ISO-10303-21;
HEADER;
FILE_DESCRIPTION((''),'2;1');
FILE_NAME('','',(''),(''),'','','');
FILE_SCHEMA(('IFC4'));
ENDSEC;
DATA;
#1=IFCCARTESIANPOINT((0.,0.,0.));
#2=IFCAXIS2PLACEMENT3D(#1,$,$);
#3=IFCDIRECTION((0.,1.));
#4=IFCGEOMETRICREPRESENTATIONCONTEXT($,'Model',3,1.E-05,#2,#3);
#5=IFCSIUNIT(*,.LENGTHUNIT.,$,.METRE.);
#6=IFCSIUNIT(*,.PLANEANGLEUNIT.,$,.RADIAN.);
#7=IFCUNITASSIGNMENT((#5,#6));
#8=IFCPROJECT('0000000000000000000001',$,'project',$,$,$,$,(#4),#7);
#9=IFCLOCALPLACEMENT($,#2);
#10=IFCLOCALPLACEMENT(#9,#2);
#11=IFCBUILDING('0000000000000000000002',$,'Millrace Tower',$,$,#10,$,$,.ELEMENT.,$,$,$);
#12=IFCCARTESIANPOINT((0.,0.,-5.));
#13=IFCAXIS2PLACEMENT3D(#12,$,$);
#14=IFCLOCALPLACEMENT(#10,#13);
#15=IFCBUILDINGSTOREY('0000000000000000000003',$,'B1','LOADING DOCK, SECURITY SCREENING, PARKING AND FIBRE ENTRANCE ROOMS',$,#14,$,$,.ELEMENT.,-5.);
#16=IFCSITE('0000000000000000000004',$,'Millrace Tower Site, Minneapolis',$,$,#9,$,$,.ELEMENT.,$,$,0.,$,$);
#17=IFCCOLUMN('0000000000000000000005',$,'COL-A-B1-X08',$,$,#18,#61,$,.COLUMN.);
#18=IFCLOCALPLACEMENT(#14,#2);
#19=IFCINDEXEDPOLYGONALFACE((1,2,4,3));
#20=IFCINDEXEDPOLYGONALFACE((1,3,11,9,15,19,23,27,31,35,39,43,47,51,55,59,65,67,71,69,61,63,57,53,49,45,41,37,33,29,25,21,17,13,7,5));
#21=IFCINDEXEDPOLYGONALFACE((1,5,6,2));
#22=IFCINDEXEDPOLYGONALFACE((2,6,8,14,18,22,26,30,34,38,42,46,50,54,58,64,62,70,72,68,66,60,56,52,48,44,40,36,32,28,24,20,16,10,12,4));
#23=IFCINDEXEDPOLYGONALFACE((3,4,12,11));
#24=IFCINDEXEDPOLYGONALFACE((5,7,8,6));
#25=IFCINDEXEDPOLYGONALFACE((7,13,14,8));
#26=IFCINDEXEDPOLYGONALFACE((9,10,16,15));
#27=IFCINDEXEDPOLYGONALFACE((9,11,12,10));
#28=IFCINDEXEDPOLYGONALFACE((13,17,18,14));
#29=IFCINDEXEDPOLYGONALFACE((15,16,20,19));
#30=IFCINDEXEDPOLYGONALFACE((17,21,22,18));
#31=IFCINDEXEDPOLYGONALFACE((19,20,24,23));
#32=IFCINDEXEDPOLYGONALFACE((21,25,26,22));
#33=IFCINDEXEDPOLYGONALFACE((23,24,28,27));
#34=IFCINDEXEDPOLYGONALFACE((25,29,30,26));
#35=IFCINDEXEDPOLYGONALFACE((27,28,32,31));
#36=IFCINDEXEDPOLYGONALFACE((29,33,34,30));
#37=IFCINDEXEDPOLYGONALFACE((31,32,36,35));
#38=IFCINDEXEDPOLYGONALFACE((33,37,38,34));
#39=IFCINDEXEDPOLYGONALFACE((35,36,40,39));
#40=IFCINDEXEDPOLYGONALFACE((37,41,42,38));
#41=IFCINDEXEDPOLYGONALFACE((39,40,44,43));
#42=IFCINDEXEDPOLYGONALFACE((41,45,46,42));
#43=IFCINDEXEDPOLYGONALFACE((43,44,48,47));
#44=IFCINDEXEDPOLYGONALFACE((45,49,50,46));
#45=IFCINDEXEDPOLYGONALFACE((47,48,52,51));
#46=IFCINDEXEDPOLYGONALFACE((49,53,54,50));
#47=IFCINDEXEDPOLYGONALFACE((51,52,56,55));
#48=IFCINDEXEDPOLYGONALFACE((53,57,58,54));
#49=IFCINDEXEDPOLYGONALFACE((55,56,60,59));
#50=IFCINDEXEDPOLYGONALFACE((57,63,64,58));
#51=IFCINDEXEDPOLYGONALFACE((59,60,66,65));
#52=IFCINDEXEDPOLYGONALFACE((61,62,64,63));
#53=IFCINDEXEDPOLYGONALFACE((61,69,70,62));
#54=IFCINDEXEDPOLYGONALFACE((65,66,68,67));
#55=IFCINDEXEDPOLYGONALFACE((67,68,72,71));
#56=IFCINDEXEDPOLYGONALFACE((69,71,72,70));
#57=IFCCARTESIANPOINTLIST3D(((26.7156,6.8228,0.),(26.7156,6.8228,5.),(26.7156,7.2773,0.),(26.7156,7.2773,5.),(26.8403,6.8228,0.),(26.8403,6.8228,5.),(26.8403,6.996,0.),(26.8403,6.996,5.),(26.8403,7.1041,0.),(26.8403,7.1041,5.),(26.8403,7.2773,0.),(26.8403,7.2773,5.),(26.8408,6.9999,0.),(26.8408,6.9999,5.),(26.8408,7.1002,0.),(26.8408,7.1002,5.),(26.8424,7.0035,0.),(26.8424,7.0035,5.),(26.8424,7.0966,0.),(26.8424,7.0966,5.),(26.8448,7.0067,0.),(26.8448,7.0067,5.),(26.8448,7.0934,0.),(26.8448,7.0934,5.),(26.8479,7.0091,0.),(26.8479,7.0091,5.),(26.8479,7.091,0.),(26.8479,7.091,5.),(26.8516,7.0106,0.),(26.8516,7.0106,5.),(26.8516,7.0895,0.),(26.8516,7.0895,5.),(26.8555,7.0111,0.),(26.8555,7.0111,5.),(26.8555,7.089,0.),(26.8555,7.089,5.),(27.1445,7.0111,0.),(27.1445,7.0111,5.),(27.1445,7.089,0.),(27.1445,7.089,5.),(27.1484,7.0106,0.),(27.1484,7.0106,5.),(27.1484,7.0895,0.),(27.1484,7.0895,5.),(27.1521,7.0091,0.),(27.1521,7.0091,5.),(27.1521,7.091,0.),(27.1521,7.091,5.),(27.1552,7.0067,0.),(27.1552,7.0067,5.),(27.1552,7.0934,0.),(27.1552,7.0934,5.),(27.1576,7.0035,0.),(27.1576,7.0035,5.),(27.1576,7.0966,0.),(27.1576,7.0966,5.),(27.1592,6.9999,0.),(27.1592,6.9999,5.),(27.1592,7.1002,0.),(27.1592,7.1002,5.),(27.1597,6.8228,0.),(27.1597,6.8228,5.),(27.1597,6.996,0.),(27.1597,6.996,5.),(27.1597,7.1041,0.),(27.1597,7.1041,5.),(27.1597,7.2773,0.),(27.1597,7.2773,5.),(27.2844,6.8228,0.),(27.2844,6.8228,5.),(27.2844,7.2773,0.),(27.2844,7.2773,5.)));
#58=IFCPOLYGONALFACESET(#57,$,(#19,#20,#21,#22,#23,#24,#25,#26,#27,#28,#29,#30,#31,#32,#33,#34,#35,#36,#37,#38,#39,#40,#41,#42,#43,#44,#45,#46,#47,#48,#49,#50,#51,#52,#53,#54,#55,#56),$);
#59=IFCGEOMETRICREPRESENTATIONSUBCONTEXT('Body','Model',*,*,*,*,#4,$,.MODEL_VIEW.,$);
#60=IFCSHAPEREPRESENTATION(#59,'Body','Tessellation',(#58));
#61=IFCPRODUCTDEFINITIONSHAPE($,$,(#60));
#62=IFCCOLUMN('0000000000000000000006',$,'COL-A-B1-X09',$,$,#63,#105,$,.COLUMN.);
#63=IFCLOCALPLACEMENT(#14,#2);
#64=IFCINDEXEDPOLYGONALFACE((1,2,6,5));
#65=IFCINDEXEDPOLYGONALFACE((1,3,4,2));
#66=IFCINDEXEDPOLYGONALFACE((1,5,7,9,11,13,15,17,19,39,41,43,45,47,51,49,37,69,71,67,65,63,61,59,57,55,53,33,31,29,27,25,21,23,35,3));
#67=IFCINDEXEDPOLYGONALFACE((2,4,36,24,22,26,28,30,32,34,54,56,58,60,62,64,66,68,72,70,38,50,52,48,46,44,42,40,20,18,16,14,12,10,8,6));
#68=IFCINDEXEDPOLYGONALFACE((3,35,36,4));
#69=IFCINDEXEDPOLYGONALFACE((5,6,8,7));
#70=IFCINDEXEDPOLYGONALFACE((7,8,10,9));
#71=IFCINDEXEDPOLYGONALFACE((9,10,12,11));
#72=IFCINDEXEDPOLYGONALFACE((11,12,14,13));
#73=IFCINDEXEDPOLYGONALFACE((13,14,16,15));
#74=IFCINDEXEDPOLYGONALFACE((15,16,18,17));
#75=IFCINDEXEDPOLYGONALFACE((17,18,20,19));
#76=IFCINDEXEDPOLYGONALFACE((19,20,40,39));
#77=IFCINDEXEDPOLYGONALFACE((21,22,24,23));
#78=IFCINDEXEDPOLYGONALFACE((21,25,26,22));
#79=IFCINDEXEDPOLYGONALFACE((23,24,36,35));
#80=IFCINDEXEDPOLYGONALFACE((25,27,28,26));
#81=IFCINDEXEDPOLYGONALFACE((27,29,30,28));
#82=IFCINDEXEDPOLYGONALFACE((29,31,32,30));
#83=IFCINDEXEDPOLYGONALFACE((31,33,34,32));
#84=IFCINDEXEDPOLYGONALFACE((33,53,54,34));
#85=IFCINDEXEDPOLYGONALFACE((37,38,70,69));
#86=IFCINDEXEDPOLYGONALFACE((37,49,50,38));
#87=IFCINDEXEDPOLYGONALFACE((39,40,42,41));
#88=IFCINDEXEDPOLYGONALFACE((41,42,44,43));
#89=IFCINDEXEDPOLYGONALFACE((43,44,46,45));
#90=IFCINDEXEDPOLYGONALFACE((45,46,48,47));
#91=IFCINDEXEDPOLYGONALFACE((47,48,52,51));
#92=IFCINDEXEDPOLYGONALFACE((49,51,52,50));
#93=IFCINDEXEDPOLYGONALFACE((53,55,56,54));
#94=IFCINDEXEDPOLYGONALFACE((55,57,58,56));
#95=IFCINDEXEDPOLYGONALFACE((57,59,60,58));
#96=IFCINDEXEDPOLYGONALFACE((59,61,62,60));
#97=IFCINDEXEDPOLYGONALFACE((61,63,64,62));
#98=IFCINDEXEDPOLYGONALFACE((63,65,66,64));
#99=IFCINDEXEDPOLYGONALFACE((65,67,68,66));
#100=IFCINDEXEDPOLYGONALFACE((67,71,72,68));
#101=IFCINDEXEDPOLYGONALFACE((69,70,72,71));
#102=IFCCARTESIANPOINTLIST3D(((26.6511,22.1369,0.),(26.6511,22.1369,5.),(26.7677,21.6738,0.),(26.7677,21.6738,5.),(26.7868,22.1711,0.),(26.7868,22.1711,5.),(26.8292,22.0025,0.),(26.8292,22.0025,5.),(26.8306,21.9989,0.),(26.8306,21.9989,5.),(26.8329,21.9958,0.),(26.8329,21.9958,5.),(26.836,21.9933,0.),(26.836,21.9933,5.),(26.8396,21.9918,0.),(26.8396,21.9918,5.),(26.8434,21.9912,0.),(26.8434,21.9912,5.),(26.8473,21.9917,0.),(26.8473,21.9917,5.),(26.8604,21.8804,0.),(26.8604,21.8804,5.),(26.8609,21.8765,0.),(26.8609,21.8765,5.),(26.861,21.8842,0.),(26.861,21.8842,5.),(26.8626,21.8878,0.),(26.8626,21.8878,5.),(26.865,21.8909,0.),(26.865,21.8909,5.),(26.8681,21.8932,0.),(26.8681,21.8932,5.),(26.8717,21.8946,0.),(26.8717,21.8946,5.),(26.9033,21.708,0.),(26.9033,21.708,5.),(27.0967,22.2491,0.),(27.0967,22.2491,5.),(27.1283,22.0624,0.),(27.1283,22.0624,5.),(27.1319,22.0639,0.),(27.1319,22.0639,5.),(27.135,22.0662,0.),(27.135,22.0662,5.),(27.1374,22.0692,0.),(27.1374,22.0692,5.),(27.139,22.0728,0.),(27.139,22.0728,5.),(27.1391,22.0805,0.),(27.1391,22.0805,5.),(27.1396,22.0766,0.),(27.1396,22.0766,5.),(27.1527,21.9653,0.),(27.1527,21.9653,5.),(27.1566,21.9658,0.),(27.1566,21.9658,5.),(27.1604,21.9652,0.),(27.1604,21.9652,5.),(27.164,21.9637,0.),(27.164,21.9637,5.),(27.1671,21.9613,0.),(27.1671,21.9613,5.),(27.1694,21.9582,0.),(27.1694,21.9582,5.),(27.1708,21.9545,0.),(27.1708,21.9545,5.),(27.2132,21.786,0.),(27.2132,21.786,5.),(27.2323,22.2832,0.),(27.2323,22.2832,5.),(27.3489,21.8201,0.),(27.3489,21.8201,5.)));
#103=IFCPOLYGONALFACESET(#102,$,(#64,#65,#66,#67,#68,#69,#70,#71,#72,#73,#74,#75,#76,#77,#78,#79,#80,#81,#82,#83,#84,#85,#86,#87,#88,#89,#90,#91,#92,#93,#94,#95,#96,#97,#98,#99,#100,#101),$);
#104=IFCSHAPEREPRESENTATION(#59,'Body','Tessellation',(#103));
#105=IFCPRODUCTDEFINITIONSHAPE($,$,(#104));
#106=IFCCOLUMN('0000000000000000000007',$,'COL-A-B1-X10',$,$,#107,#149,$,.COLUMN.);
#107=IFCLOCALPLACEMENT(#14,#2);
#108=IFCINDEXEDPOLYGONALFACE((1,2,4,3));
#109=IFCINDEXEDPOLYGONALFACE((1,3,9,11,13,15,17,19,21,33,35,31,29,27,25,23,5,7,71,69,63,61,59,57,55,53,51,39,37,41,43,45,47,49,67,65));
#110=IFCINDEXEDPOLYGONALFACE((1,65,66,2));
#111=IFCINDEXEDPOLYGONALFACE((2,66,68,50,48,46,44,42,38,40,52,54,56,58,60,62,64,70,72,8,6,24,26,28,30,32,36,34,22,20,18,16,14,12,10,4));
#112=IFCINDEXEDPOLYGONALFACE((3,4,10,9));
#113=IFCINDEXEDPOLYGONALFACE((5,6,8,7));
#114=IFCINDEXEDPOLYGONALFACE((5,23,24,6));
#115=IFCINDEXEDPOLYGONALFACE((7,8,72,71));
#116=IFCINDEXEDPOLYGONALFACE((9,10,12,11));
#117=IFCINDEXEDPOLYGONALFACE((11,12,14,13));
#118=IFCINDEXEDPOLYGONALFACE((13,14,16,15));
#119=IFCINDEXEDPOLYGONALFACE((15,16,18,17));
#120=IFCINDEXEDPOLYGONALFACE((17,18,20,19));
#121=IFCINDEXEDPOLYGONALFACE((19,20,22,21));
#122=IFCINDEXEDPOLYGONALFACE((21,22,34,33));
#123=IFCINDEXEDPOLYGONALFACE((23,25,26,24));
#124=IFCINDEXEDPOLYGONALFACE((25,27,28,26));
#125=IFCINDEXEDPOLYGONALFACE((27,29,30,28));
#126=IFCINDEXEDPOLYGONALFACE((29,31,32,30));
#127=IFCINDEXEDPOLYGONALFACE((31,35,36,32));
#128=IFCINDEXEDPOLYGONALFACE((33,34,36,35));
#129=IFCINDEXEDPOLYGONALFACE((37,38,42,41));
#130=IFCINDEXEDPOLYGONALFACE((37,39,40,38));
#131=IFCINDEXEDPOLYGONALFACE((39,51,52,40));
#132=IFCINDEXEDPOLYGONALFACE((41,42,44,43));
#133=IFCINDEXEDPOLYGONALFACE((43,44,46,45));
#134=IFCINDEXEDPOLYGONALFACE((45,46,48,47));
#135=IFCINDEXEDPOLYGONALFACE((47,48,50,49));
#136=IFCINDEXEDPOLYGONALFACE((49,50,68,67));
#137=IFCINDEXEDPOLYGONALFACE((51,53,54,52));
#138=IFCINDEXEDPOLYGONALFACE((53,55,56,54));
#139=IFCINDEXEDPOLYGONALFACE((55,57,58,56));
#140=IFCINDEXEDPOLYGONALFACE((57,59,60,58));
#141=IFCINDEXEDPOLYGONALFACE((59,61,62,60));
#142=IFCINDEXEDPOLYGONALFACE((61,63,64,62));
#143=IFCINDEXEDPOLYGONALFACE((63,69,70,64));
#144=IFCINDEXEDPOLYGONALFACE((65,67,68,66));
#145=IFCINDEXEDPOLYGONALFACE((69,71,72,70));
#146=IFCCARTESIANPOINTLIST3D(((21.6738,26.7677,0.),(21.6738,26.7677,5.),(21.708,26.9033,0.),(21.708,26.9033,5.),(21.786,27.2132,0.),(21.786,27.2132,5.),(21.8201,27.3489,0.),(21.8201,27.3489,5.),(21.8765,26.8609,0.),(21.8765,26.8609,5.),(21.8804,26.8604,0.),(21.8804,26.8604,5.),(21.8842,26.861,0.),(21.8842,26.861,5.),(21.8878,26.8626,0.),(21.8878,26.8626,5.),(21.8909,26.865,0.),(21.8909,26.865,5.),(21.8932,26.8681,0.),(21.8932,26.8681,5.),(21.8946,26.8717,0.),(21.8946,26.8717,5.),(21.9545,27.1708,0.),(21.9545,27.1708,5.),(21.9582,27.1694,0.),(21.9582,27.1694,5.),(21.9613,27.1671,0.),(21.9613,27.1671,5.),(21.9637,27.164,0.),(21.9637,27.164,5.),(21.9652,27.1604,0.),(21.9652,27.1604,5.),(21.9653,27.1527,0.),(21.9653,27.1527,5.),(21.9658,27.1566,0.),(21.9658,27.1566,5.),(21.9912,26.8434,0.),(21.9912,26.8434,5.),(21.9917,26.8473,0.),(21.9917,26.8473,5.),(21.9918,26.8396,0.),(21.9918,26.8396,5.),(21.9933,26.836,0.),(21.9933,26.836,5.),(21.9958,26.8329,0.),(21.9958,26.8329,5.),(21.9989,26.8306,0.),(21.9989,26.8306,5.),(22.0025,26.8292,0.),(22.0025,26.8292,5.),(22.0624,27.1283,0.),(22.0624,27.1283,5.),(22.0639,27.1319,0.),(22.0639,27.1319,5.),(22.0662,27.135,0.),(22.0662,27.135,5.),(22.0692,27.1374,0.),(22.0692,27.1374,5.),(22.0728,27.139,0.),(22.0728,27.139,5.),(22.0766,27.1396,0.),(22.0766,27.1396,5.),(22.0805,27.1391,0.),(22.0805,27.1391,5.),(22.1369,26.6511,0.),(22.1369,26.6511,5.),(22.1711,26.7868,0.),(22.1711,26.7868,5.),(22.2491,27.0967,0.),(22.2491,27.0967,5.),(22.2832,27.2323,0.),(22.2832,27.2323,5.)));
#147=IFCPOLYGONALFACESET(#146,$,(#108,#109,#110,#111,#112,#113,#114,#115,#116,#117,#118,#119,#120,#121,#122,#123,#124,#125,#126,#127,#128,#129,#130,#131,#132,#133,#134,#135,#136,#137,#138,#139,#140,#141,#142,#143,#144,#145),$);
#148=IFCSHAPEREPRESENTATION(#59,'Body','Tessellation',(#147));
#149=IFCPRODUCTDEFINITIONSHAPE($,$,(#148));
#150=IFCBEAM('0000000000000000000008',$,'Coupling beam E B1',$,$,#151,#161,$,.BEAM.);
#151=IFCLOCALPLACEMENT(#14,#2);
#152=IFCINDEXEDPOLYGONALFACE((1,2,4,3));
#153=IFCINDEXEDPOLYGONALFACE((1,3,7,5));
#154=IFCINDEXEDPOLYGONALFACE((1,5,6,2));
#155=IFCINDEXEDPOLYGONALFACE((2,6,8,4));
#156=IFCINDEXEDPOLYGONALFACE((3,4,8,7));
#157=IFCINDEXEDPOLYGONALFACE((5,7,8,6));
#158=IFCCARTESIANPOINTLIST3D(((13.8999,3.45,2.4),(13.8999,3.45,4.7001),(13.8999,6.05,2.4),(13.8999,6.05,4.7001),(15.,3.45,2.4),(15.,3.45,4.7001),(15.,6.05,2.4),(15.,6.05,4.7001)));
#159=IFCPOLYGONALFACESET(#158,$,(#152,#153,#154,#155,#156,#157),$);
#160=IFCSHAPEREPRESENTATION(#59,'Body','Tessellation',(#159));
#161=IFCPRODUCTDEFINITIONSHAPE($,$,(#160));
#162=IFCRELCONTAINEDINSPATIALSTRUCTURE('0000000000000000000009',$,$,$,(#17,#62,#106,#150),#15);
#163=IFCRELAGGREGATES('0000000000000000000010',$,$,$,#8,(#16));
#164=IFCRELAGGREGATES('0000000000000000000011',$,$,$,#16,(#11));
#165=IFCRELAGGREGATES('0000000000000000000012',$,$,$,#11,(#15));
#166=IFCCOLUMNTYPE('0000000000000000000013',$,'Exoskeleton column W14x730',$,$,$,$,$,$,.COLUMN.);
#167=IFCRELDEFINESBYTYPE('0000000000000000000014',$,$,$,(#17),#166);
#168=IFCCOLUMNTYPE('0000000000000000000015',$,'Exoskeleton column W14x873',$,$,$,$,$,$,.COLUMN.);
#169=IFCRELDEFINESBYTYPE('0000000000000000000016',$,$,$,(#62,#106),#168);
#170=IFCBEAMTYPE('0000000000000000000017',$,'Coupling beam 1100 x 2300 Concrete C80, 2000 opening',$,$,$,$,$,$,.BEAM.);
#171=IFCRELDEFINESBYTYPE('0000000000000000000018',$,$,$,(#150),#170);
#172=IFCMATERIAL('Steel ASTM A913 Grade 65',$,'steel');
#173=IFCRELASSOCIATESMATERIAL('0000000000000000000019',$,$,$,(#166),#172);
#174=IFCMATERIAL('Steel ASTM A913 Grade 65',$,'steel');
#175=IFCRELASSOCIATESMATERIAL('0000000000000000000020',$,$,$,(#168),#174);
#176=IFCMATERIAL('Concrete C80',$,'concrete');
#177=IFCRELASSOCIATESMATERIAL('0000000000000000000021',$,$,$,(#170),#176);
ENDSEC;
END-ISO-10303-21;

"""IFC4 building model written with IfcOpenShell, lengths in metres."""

from ifc_helpers import new_model, si_unit, direction, frame, origin, origin_2d, place, context, subcontext, project, spatial, rectangle, i_section, extrude, material, material_profile, profile_set, type_object, element, save


model = new_model("IFC4")

# Units and contexts
model_context = context("Model", 3, precision=1e-05, world=origin(), true_north=direction((0.0, 1.0)))
body_context = subcontext(model_context, "Body", "Model", "MODEL_VIEW")
ifc_project = project(units=[si_unit("LENGTHUNIT", "METRE"), si_unit("PLANEANGLEUNIT", "RADIAN")], contexts=[model_context])

# Site, building, storey
site_placement = place(None, origin())
site = spatial("IfcSite", under=ifc_project, at=site_placement, Name="Millrace Tower Site, Minneapolis", CompositionType="ELEMENT", RefElevation=0.0)
building_placement = place(site_placement, origin())
building = spatial("IfcBuilding", under=site, at=building_placement, Name="Millrace Tower", CompositionType="ELEMENT")
storey_placement = place(building_placement, frame((0.0, 0.0, -5.0)))
storey = spatial("IfcBuildingStorey", under=building, at=storey_placement, Name="B1", Description="LOADING DOCK, SECURITY SCREENING, PARKING AND FIBRE ENTRANCE ROOMS", CompositionType="ELEMENT", Elevation=-5.0)

# Columns
ifc_material_1 = material(Name="Steel ASTM A913 Grade 65", Category="steel")
ifc_material_profile_1 = material_profile(ifc_material_1, i_section(OverallWidth=0.4546, OverallDepth=0.5688, WebThickness=0.0779, FlangeThickness=0.1248, FilletRadius=0.0151, at=origin_2d()))
ifc_profile_set_1 = profile_set([ifc_material_profile_1], Name="Steel ASTM A913 Grade 65")
column_type_1 = type_object("IfcColumnType", Name="Exoskeleton column W14x730", PredefinedType="COLUMN", material=ifc_profile_set_1)
placement = place(storey_placement, frame((27.0, 7.05, 0.0), z_axis=(0.0, 0.0, 1.0), x_axis=(0.0, 1.0, 0.0)))
element("IfcColumn", 1, at=placement, inside=storey, type_object=column_type_1, Name="COL-A-B1-X08", PredefinedType="COLUMN", context=body_context, shape_type="SweptSolid", body=[
    extrude(i_section(OverallWidth=0.4546, OverallDepth=0.5688, WebThickness=0.0779, FlangeThickness=0.1248, FilletRadius=0.0151, at=origin_2d()), origin(), (0.0, 0.0, 1.0), 5.0),
])
ifc_material_2 = material(Name="Steel ASTM A913 Grade 65", Category="steel")
ifc_material_profile_2 = material_profile(ifc_material_2, i_section(OverallWidth=0.4775, OverallDepth=0.5994, WebThickness=0.1001, FlangeThickness=0.1399, FilletRadius=0.0149, at=origin_2d()))
ifc_profile_set_2 = profile_set([ifc_material_profile_2], Name="Steel ASTM A913 Grade 65")
column_type_2 = type_object("IfcColumnType", Name="Exoskeleton column W14x873", PredefinedType="COLUMN", material=ifc_profile_set_2)
for number, where, z_axis, x_axis, name in (
    (2, (27.0, 21.9785, 0.0), (0.0, 0.0, 1.0), (-0.244094, 0.969752, 0.0), "COL-A-B1-X09"),
    (3, (21.9785, 27.0, 0.0), (0.0, 0.0, 1.0), (-0.969752, 0.244094, 0.0), "COL-A-B1-X10"),
):
    element("IfcColumn", number, at=place(storey_placement, frame(where, z_axis=z_axis, x_axis=x_axis)), inside=storey, type_object=column_type_2, Name=name, PredefinedType="COLUMN", context=body_context, shape_type="SweptSolid", body=[
        extrude(i_section(OverallWidth=0.4775, OverallDepth=0.5994, WebThickness=0.1001, FlangeThickness=0.1399, FilletRadius=0.0149, at=origin_2d()), origin(), (0.0, 0.0, 1.0), 5.0),
    ])

# Beam
ifc_material_3 = material(Name="Concrete C80", Category="concrete")
ifc_material_profile_3 = material_profile(ifc_material_3, rectangle(XDim=1.1001, YDim=2.3, at=origin_2d()))
ifc_profile_set_3 = profile_set([ifc_material_profile_3], Name="Concrete C80")
beam_type_1 = type_object("IfcBeamType", Name="Coupling beam 1100 x 2300 Concrete C80, 2000 opening", PredefinedType="BEAM", material=ifc_profile_set_3)
beam_1_placement = place(storey_placement, frame((14.45, 6.05, 3.55), z_axis=(0.0, -1.0, 0.0), x_axis=(1.0, 0.0, 0.0)))
element("IfcBeam", 4, at=beam_1_placement, inside=storey, type_object=beam_type_1, Name="Coupling beam E B1", PredefinedType="BEAM", context=body_context, shape_type="SweptSolid", body=[
    extrude(rectangle(XDim=1.1001, YDim=2.3, at=origin_2d()), origin(), (0.0, 0.0, 1.0), 2.6001),
])

save(model, "model.ifc")
